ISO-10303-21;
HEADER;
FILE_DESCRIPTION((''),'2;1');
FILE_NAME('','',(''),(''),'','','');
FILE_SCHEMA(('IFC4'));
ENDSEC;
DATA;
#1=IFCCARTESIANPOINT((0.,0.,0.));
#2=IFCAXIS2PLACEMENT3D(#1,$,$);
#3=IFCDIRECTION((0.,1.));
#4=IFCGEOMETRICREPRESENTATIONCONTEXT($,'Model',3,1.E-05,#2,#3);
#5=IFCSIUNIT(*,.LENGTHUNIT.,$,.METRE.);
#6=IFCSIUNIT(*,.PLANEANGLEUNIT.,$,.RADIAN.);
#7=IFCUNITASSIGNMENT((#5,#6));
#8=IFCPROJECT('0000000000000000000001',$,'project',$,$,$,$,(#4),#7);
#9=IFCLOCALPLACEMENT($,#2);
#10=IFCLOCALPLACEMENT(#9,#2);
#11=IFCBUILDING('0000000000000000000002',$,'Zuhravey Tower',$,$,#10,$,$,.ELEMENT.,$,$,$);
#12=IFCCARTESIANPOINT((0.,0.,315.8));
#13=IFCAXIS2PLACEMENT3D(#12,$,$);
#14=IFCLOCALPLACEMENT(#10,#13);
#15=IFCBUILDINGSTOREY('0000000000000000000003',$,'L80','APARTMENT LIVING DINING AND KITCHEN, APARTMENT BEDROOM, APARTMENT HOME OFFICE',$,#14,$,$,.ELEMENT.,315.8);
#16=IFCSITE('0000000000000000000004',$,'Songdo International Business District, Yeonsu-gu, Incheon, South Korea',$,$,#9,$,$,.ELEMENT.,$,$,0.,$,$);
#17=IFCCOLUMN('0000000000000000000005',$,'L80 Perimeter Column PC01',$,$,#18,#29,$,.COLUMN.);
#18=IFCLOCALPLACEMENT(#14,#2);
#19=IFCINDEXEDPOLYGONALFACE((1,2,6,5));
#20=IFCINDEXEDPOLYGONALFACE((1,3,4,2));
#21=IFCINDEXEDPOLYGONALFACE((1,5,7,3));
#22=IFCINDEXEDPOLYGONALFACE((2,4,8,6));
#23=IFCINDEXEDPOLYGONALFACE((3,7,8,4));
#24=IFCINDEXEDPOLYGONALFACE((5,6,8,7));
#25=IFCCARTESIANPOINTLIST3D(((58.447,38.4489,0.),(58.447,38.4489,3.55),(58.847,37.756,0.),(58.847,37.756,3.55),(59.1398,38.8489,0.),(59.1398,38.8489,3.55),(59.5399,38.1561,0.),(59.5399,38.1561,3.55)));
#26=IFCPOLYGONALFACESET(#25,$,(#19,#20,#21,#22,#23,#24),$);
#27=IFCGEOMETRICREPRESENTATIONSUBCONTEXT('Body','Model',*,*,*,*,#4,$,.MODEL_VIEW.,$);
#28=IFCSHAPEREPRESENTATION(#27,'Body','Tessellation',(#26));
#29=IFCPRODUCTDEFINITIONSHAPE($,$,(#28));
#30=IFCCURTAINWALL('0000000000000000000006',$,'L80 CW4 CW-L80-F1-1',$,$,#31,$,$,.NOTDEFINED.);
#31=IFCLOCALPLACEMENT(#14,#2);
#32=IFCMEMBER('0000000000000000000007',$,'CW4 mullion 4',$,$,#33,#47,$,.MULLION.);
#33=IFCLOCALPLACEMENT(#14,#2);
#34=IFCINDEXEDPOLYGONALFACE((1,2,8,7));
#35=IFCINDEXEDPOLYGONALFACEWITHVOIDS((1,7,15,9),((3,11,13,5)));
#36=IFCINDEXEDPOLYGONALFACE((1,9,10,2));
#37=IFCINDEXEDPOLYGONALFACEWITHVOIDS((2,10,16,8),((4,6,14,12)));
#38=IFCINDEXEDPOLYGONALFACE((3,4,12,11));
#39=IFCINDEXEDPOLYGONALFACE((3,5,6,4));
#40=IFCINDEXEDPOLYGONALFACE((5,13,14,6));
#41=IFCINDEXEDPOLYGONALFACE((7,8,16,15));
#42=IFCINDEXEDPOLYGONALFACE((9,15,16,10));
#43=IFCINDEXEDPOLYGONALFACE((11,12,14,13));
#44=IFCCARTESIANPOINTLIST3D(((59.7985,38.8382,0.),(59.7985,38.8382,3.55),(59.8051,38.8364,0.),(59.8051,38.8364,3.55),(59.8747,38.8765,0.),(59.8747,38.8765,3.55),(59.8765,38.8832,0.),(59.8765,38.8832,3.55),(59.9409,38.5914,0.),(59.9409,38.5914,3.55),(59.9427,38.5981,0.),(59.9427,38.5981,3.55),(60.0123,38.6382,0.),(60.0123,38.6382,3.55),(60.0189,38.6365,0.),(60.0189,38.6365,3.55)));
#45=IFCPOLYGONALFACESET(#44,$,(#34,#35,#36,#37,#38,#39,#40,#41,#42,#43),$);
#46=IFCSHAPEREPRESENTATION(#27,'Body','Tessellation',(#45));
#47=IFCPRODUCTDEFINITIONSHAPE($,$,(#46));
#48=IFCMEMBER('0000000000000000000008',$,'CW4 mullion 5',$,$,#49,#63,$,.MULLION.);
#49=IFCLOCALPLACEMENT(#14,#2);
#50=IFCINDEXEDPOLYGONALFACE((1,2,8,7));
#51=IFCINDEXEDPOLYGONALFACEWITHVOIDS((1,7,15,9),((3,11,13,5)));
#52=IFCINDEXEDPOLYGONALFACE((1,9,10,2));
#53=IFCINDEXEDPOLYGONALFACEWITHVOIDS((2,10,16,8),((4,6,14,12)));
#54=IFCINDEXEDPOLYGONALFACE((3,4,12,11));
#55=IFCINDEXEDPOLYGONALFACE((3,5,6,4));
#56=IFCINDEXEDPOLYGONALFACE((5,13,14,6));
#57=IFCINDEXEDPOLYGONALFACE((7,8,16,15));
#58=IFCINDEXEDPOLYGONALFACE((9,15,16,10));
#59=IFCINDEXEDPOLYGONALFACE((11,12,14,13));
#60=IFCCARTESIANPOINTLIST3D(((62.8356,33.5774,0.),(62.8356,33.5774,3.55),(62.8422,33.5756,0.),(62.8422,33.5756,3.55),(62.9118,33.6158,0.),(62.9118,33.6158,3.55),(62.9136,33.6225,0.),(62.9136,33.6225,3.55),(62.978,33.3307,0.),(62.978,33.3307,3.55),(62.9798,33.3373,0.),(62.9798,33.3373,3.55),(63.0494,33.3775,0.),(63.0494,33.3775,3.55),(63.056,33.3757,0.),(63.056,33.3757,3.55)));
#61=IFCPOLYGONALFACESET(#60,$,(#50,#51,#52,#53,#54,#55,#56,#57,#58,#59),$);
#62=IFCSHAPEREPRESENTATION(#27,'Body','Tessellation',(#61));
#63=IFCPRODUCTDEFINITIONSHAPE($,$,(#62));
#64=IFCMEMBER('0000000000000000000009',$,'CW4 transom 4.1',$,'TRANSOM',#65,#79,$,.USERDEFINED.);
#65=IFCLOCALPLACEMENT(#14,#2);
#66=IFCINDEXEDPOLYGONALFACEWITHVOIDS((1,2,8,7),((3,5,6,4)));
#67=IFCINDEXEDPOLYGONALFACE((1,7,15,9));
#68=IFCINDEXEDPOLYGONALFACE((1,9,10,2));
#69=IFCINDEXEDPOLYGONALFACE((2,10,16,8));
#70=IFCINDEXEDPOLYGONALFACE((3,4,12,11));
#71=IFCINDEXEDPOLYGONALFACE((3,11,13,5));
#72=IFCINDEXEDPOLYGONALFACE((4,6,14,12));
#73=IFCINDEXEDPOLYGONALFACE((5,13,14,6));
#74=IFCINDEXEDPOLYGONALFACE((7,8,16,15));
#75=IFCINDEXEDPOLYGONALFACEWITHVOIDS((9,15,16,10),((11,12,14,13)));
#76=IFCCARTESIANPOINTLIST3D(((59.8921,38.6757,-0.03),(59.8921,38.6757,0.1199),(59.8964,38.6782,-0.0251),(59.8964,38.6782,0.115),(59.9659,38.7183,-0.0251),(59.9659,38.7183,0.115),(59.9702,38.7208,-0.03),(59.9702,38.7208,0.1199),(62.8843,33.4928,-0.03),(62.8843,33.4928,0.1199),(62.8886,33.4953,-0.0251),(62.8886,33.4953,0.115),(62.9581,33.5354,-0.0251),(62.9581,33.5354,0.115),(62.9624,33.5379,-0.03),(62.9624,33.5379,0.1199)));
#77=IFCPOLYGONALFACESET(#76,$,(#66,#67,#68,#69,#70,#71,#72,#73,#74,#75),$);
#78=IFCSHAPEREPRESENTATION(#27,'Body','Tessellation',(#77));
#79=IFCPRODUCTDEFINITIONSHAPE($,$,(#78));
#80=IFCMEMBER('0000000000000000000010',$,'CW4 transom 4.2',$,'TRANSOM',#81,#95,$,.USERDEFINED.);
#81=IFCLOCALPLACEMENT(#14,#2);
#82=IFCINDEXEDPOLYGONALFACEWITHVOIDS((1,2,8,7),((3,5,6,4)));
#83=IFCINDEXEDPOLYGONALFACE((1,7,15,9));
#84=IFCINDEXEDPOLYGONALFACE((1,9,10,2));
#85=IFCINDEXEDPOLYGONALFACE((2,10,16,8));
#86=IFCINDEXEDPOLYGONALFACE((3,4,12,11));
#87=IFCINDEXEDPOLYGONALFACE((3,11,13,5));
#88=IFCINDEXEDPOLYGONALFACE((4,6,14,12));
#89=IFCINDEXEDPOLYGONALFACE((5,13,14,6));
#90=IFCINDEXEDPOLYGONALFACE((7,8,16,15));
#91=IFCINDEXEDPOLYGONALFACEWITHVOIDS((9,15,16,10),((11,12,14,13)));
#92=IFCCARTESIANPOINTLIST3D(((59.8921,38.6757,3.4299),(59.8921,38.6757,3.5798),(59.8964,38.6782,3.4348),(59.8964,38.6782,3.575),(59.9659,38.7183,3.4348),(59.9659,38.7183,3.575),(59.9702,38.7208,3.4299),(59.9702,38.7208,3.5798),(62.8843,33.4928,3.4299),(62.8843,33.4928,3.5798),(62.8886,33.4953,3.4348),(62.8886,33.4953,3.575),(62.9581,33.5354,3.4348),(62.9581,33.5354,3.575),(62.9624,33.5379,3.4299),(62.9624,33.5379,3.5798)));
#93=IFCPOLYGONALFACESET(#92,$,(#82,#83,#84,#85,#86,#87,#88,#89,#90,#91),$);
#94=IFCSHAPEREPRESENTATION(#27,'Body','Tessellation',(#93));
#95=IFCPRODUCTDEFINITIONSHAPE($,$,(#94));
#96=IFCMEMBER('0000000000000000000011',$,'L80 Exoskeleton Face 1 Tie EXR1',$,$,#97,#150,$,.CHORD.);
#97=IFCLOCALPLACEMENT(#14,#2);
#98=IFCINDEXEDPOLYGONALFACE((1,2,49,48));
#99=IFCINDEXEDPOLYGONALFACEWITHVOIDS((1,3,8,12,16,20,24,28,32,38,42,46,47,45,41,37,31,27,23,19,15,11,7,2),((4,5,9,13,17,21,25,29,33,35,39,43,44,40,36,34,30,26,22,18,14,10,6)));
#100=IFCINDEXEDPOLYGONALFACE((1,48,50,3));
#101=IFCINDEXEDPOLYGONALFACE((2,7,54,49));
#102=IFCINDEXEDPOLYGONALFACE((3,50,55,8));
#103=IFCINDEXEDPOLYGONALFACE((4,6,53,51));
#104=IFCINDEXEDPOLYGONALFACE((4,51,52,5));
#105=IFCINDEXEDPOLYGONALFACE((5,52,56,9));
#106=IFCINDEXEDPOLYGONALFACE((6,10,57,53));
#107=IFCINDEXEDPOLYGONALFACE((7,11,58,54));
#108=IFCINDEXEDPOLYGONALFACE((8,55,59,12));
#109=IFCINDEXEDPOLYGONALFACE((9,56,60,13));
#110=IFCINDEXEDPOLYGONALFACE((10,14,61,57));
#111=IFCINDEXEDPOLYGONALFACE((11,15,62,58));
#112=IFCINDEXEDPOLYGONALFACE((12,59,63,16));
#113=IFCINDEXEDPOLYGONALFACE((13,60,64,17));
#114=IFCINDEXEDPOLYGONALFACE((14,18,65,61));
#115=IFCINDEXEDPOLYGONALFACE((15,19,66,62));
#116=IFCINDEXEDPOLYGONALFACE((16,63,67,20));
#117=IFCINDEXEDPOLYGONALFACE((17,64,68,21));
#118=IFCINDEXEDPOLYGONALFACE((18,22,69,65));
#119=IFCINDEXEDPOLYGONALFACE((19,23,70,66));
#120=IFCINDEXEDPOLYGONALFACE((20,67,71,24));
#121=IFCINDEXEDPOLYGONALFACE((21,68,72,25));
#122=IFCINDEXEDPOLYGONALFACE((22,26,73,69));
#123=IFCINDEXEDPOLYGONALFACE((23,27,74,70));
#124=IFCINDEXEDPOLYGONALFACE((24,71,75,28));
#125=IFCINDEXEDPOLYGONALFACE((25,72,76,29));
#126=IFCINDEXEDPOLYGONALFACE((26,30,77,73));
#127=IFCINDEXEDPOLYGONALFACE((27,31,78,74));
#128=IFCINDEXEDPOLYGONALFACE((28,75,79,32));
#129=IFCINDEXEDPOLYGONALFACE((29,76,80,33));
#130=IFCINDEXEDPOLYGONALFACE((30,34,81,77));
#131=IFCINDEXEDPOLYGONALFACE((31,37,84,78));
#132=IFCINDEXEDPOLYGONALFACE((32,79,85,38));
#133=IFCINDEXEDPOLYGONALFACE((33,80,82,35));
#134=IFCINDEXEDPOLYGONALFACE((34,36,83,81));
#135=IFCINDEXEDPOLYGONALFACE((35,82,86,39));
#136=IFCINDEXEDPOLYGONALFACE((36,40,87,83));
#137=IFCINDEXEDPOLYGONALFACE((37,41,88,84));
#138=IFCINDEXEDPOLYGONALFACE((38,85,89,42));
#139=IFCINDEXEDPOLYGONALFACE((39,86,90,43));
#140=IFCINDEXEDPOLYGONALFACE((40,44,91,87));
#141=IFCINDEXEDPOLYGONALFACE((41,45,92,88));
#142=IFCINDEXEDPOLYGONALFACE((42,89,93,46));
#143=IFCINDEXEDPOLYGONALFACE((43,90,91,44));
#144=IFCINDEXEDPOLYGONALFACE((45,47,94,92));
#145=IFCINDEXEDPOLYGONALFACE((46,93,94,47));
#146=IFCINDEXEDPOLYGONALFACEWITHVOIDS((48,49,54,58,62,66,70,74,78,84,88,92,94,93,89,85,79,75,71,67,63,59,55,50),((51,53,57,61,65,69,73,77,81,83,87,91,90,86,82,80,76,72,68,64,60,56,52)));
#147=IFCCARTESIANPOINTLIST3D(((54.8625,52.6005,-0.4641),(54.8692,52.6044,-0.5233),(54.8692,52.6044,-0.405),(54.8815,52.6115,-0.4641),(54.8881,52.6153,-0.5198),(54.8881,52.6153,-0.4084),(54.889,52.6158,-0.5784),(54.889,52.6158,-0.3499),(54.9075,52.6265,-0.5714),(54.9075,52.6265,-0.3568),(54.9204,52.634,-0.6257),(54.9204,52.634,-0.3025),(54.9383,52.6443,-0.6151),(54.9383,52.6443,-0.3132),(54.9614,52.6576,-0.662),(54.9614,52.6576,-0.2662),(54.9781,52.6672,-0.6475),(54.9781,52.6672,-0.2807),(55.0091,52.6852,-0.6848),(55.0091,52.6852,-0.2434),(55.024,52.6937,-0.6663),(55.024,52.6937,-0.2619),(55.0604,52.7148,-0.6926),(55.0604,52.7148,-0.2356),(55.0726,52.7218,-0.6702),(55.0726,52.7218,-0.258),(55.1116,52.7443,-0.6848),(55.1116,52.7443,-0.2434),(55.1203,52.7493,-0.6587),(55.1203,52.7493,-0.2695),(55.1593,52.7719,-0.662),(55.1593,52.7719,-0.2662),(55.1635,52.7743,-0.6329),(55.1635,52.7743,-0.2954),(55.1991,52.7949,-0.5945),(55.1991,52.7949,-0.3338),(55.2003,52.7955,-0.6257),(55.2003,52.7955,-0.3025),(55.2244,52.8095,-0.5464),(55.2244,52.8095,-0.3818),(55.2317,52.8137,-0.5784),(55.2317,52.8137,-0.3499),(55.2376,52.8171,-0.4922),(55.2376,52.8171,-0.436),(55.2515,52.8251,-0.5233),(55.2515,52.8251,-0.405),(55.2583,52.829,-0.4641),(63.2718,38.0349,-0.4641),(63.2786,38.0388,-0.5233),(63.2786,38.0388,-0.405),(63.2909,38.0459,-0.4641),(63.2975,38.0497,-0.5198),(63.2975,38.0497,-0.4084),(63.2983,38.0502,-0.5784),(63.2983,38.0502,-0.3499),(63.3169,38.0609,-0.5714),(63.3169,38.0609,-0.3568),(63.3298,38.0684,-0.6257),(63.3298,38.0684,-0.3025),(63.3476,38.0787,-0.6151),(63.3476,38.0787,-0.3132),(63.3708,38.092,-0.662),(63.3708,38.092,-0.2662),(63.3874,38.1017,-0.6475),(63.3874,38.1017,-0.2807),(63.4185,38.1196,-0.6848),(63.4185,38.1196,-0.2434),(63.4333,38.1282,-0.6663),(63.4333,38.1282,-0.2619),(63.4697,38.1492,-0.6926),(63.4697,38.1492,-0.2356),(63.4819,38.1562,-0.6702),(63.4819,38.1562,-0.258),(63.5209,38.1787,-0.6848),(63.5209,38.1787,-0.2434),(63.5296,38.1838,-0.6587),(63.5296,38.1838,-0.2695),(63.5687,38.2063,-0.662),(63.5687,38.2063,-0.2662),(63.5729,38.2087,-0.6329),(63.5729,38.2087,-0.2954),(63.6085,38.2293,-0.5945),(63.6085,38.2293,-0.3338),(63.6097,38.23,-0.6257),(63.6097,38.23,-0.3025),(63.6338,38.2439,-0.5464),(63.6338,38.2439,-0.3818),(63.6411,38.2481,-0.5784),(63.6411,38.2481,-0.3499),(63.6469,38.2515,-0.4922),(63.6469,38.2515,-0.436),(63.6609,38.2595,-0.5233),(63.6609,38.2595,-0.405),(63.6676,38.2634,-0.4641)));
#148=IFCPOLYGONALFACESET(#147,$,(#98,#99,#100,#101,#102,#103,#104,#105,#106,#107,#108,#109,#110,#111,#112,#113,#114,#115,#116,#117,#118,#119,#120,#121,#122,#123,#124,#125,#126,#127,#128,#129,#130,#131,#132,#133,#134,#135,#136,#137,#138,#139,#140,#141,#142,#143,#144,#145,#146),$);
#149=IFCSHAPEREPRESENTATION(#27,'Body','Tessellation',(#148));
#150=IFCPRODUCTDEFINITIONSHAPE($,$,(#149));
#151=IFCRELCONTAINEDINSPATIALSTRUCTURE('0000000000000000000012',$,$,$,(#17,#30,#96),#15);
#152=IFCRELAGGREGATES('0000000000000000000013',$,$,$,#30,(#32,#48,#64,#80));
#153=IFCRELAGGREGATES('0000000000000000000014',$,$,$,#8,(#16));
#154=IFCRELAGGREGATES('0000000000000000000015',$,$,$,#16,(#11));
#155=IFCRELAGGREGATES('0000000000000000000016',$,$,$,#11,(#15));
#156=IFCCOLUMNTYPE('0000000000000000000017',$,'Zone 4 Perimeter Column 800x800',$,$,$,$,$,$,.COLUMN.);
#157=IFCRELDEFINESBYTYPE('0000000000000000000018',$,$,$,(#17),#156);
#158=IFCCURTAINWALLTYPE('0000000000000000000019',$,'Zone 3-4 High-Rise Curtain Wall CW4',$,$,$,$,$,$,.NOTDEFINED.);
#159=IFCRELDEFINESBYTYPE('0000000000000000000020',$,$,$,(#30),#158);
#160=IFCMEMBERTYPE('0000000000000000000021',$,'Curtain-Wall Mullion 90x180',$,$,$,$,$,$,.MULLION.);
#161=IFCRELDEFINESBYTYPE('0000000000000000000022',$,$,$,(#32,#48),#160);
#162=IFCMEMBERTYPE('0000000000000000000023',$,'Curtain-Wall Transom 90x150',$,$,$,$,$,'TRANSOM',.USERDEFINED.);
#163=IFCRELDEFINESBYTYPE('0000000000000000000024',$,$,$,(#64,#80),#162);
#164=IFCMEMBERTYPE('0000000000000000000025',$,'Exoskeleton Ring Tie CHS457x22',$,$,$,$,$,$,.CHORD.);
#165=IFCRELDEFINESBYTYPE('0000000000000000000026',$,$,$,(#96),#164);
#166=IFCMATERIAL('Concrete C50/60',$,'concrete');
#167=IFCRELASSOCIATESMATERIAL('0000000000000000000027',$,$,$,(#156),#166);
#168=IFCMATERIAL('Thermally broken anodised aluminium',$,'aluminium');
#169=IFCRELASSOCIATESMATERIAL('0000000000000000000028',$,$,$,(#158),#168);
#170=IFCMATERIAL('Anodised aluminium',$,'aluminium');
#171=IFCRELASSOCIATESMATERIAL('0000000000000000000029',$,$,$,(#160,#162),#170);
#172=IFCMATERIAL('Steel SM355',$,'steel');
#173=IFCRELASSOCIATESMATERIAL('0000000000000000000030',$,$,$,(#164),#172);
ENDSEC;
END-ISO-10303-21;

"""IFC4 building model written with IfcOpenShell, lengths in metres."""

from ifc_helpers import new_model, si_unit, direction, frame, origin, origin_2d, place, context, subcontext, project, spatial, rectangle, hollow_rectangle, hollow_circle, extrude, material, material_profile, profile_set, type_object, element, aggregate, save


model = new_model("IFC4")

# Units and contexts
model_context = context("Model", 3, precision=1e-05, world=origin(), true_north=direction((0.0, 1.0)))
body_context = subcontext(model_context, "Body", "Model", "MODEL_VIEW")
ifc_project = project(units=[si_unit("LENGTHUNIT", "METRE"), si_unit("PLANEANGLEUNIT", "RADIAN")], contexts=[model_context])

# Site, building, storey
site_placement = place(None, origin())
site = spatial("IfcSite", under=ifc_project, at=site_placement, Name="Songdo International Business District, Yeonsu-gu, Incheon, South Korea", CompositionType="ELEMENT", RefElevation=0.0)
building_placement = place(site_placement, origin())
building = spatial("IfcBuilding", under=site, at=building_placement, Name="Zuhravey Tower", CompositionType="ELEMENT")
storey_placement = place(building_placement, frame((0.0, 0.0, 315.8)))
storey = spatial("IfcBuildingStorey", under=building, at=storey_placement, Name="L80", Description="APARTMENT LIVING DINING AND KITCHEN, APARTMENT BEDROOM, APARTMENT HOME OFFICE", CompositionType="ELEMENT", Elevation=315.8)

# Column
ifc_material_1 = material(Name="Concrete C50/60", Category="concrete")
ifc_material_profile_1 = material_profile(ifc_material_1, rectangle(XDim=0.8, YDim=0.8, at=origin_2d()), Name="RC-800x800")
ifc_profile_set_1 = profile_set([ifc_material_profile_1], Name="Concrete C50/60")
column_type = type_object("IfcColumnType", Name="Zone 4 Perimeter Column 800x800", PredefinedType="COLUMN", material=ifc_profile_set_1)
column_placement = place(storey_placement, frame((58.9934, 38.3025, 0.0), z_axis=(0.0, 0.0, 1.0), x_axis=(-0.5, 0.866025, 0.0)))
element("IfcColumn", 1, at=column_placement, inside=storey, type_object=column_type, Name="L80 Perimeter Column PC01", PredefinedType="COLUMN", context=body_context, shape_type="SweptSolid", body=[
    extrude(rectangle(XDim=0.8, YDim=0.8, at=origin_2d()), origin(), (0.0, 0.0, 1.0), 3.55),
])

# Curtain wall, members
ifc_material_2 = material(Name="Thermally broken anodised aluminium", Category="aluminium")
curtain_wall_type = type_object("IfcCurtainWallType", Name="Zone 3-4 High-Rise Curtain Wall CW4", PredefinedType="NOTDEFINED", material=ifc_material_2)
curtain_wall_placement = place(storey_placement, origin())
curtain_wall = element("IfcCurtainWall", 2, at=curtain_wall_placement, inside=storey, type_object=curtain_wall_type, Name="L80 CW4 CW-L80-F1-1", PredefinedType="NOTDEFINED")
ifc_material_3 = material(Name="Anodised aluminium", Category="aluminium")
ifc_material_profile_2 = material_profile(ifc_material_3, hollow_rectangle(XDim=0.0901, YDim=0.2849, WallThickness=0.0049, at=origin_2d()), Name="ALU-RHS-90x285x5")
ifc_profile_set_2 = profile_set([ifc_material_profile_2], Name="Anodised aluminium")
member_type_1 = type_object("IfcMemberType", Name="Curtain-Wall Mullion 90x180", PredefinedType="MULLION", material=ifc_profile_set_2)
member_1_placement = place(storey_placement, frame((59.9087, 38.7373, 0.0), z_axis=(0.0, 0.0, 1.0), x_axis=(0.866026, 0.5, 0.0)))
member_1 = element("IfcMember", 3, at=member_1_placement, type_object=member_type_1, Name="CW4 mullion 4", PredefinedType="MULLION", context=body_context, shape_type="SweptSolid", body=[
    extrude(hollow_rectangle(XDim=0.0901, YDim=0.2849, WallThickness=0.0049, at=origin_2d()), origin(), (0.0, 0.0, 1.0), 3.55),
])
member_2_placement = place(storey_placement, frame((62.9458, 33.4766, 0.0), z_axis=(0.0, 0.0, 1.0), x_axis=(0.866026, 0.5, 0.0)))
member_2 = element("IfcMember", 4, at=member_2_placement, type_object=member_type_1, Name="CW4 mullion 5", PredefinedType="MULLION", context=body_context, shape_type="SweptSolid", body=[
    extrude(hollow_rectangle(XDim=0.0901, YDim=0.2849, WallThickness=0.0049, at=origin_2d()), origin(), (0.0, 0.0, 1.0), 3.55),
])
ifc_material_profile_3 = material_profile(ifc_material_3, hollow_rectangle(XDim=0.0901, YDim=0.1499, WallThickness=0.0049, at=origin_2d()), Name="ALU-RHS-90x150x5")
ifc_profile_set_3 = profile_set([ifc_material_profile_3], Name="Anodised aluminium")
member_type_2 = type_object("IfcMemberType", Name="Curtain-Wall Transom 90x150", ElementType="TRANSOM", PredefinedType="USERDEFINED", material=ifc_profile_set_3)
member_3_placement = place(storey_placement, frame((59.9312, 38.6982, 0.0449), z_axis=(0.499983, -0.866035, 0.0), x_axis=(0.866035, 0.499983, 0.0)))
member_3 = element("IfcMember", 5, at=member_3_placement, type_object=member_type_2, Name="CW4 transom 4.1", ObjectType="TRANSOM", PredefinedType="USERDEFINED", context=body_context, shape_type="SweptSolid", body=[
    extrude(hollow_rectangle(XDim=0.0901, YDim=0.1499, WallThickness=0.0049, at=origin_2d()), origin(), (0.0, 0.0, 1.0), 5.9846),
])
member_4_placement = place(storey_placement, frame((59.9312, 38.6982, 3.5049), z_axis=(0.499983, -0.866035, 0.0), x_axis=(0.866035, 0.499983, 0.0)))
member_4 = element("IfcMember", 6, at=member_4_placement, type_object=member_type_2, Name="CW4 transom 4.2", ObjectType="TRANSOM", PredefinedType="USERDEFINED", context=body_context, shape_type="SweptSolid", body=[
    extrude(hollow_rectangle(XDim=0.0901, YDim=0.1499, WallThickness=0.0049, at=origin_2d()), origin(), (0.0, 0.0, 1.0), 5.9846),
])

# Member
ifc_material_4 = material(Name="Steel SM355", Category="steel")
ifc_material_profile_4 = material_profile(ifc_material_4, hollow_circle(Radius=0.2285, WallThickness=0.022, at=origin_2d()), Name="CHS-457.2x22")
ifc_profile_set_4 = profile_set([ifc_material_profile_4], Name="Steel SM355")
member_type_3 = type_object("IfcMemberType", Name="Exoskeleton Ring Tie CHS457x22", PredefinedType="CHORD", material=ifc_profile_set_4)
member_5_placement = place(storey_placement, frame((63.4697, 38.1492, -0.4641), z_axis=(-0.499997, 0.866027, 0.0), x_axis=(-0.866027, -0.499997, 0.0)))
element("IfcMember", 7, at=member_5_placement, inside=storey, type_object=member_type_3, Name="L80 Exoskeleton Face 1 Tie EXR1", PredefinedType="CHORD", context=body_context, shape_type="SweptSolid", body=[
    extrude(hollow_circle(Radius=0.2285, WallThickness=0.022, at=origin_2d()), origin(), (0.0, 0.0, 1.0), 16.8188),
])

aggregate(curtain_wall, [member_1, member_2, member_3, member_4])

save(model, "model.ifc")
